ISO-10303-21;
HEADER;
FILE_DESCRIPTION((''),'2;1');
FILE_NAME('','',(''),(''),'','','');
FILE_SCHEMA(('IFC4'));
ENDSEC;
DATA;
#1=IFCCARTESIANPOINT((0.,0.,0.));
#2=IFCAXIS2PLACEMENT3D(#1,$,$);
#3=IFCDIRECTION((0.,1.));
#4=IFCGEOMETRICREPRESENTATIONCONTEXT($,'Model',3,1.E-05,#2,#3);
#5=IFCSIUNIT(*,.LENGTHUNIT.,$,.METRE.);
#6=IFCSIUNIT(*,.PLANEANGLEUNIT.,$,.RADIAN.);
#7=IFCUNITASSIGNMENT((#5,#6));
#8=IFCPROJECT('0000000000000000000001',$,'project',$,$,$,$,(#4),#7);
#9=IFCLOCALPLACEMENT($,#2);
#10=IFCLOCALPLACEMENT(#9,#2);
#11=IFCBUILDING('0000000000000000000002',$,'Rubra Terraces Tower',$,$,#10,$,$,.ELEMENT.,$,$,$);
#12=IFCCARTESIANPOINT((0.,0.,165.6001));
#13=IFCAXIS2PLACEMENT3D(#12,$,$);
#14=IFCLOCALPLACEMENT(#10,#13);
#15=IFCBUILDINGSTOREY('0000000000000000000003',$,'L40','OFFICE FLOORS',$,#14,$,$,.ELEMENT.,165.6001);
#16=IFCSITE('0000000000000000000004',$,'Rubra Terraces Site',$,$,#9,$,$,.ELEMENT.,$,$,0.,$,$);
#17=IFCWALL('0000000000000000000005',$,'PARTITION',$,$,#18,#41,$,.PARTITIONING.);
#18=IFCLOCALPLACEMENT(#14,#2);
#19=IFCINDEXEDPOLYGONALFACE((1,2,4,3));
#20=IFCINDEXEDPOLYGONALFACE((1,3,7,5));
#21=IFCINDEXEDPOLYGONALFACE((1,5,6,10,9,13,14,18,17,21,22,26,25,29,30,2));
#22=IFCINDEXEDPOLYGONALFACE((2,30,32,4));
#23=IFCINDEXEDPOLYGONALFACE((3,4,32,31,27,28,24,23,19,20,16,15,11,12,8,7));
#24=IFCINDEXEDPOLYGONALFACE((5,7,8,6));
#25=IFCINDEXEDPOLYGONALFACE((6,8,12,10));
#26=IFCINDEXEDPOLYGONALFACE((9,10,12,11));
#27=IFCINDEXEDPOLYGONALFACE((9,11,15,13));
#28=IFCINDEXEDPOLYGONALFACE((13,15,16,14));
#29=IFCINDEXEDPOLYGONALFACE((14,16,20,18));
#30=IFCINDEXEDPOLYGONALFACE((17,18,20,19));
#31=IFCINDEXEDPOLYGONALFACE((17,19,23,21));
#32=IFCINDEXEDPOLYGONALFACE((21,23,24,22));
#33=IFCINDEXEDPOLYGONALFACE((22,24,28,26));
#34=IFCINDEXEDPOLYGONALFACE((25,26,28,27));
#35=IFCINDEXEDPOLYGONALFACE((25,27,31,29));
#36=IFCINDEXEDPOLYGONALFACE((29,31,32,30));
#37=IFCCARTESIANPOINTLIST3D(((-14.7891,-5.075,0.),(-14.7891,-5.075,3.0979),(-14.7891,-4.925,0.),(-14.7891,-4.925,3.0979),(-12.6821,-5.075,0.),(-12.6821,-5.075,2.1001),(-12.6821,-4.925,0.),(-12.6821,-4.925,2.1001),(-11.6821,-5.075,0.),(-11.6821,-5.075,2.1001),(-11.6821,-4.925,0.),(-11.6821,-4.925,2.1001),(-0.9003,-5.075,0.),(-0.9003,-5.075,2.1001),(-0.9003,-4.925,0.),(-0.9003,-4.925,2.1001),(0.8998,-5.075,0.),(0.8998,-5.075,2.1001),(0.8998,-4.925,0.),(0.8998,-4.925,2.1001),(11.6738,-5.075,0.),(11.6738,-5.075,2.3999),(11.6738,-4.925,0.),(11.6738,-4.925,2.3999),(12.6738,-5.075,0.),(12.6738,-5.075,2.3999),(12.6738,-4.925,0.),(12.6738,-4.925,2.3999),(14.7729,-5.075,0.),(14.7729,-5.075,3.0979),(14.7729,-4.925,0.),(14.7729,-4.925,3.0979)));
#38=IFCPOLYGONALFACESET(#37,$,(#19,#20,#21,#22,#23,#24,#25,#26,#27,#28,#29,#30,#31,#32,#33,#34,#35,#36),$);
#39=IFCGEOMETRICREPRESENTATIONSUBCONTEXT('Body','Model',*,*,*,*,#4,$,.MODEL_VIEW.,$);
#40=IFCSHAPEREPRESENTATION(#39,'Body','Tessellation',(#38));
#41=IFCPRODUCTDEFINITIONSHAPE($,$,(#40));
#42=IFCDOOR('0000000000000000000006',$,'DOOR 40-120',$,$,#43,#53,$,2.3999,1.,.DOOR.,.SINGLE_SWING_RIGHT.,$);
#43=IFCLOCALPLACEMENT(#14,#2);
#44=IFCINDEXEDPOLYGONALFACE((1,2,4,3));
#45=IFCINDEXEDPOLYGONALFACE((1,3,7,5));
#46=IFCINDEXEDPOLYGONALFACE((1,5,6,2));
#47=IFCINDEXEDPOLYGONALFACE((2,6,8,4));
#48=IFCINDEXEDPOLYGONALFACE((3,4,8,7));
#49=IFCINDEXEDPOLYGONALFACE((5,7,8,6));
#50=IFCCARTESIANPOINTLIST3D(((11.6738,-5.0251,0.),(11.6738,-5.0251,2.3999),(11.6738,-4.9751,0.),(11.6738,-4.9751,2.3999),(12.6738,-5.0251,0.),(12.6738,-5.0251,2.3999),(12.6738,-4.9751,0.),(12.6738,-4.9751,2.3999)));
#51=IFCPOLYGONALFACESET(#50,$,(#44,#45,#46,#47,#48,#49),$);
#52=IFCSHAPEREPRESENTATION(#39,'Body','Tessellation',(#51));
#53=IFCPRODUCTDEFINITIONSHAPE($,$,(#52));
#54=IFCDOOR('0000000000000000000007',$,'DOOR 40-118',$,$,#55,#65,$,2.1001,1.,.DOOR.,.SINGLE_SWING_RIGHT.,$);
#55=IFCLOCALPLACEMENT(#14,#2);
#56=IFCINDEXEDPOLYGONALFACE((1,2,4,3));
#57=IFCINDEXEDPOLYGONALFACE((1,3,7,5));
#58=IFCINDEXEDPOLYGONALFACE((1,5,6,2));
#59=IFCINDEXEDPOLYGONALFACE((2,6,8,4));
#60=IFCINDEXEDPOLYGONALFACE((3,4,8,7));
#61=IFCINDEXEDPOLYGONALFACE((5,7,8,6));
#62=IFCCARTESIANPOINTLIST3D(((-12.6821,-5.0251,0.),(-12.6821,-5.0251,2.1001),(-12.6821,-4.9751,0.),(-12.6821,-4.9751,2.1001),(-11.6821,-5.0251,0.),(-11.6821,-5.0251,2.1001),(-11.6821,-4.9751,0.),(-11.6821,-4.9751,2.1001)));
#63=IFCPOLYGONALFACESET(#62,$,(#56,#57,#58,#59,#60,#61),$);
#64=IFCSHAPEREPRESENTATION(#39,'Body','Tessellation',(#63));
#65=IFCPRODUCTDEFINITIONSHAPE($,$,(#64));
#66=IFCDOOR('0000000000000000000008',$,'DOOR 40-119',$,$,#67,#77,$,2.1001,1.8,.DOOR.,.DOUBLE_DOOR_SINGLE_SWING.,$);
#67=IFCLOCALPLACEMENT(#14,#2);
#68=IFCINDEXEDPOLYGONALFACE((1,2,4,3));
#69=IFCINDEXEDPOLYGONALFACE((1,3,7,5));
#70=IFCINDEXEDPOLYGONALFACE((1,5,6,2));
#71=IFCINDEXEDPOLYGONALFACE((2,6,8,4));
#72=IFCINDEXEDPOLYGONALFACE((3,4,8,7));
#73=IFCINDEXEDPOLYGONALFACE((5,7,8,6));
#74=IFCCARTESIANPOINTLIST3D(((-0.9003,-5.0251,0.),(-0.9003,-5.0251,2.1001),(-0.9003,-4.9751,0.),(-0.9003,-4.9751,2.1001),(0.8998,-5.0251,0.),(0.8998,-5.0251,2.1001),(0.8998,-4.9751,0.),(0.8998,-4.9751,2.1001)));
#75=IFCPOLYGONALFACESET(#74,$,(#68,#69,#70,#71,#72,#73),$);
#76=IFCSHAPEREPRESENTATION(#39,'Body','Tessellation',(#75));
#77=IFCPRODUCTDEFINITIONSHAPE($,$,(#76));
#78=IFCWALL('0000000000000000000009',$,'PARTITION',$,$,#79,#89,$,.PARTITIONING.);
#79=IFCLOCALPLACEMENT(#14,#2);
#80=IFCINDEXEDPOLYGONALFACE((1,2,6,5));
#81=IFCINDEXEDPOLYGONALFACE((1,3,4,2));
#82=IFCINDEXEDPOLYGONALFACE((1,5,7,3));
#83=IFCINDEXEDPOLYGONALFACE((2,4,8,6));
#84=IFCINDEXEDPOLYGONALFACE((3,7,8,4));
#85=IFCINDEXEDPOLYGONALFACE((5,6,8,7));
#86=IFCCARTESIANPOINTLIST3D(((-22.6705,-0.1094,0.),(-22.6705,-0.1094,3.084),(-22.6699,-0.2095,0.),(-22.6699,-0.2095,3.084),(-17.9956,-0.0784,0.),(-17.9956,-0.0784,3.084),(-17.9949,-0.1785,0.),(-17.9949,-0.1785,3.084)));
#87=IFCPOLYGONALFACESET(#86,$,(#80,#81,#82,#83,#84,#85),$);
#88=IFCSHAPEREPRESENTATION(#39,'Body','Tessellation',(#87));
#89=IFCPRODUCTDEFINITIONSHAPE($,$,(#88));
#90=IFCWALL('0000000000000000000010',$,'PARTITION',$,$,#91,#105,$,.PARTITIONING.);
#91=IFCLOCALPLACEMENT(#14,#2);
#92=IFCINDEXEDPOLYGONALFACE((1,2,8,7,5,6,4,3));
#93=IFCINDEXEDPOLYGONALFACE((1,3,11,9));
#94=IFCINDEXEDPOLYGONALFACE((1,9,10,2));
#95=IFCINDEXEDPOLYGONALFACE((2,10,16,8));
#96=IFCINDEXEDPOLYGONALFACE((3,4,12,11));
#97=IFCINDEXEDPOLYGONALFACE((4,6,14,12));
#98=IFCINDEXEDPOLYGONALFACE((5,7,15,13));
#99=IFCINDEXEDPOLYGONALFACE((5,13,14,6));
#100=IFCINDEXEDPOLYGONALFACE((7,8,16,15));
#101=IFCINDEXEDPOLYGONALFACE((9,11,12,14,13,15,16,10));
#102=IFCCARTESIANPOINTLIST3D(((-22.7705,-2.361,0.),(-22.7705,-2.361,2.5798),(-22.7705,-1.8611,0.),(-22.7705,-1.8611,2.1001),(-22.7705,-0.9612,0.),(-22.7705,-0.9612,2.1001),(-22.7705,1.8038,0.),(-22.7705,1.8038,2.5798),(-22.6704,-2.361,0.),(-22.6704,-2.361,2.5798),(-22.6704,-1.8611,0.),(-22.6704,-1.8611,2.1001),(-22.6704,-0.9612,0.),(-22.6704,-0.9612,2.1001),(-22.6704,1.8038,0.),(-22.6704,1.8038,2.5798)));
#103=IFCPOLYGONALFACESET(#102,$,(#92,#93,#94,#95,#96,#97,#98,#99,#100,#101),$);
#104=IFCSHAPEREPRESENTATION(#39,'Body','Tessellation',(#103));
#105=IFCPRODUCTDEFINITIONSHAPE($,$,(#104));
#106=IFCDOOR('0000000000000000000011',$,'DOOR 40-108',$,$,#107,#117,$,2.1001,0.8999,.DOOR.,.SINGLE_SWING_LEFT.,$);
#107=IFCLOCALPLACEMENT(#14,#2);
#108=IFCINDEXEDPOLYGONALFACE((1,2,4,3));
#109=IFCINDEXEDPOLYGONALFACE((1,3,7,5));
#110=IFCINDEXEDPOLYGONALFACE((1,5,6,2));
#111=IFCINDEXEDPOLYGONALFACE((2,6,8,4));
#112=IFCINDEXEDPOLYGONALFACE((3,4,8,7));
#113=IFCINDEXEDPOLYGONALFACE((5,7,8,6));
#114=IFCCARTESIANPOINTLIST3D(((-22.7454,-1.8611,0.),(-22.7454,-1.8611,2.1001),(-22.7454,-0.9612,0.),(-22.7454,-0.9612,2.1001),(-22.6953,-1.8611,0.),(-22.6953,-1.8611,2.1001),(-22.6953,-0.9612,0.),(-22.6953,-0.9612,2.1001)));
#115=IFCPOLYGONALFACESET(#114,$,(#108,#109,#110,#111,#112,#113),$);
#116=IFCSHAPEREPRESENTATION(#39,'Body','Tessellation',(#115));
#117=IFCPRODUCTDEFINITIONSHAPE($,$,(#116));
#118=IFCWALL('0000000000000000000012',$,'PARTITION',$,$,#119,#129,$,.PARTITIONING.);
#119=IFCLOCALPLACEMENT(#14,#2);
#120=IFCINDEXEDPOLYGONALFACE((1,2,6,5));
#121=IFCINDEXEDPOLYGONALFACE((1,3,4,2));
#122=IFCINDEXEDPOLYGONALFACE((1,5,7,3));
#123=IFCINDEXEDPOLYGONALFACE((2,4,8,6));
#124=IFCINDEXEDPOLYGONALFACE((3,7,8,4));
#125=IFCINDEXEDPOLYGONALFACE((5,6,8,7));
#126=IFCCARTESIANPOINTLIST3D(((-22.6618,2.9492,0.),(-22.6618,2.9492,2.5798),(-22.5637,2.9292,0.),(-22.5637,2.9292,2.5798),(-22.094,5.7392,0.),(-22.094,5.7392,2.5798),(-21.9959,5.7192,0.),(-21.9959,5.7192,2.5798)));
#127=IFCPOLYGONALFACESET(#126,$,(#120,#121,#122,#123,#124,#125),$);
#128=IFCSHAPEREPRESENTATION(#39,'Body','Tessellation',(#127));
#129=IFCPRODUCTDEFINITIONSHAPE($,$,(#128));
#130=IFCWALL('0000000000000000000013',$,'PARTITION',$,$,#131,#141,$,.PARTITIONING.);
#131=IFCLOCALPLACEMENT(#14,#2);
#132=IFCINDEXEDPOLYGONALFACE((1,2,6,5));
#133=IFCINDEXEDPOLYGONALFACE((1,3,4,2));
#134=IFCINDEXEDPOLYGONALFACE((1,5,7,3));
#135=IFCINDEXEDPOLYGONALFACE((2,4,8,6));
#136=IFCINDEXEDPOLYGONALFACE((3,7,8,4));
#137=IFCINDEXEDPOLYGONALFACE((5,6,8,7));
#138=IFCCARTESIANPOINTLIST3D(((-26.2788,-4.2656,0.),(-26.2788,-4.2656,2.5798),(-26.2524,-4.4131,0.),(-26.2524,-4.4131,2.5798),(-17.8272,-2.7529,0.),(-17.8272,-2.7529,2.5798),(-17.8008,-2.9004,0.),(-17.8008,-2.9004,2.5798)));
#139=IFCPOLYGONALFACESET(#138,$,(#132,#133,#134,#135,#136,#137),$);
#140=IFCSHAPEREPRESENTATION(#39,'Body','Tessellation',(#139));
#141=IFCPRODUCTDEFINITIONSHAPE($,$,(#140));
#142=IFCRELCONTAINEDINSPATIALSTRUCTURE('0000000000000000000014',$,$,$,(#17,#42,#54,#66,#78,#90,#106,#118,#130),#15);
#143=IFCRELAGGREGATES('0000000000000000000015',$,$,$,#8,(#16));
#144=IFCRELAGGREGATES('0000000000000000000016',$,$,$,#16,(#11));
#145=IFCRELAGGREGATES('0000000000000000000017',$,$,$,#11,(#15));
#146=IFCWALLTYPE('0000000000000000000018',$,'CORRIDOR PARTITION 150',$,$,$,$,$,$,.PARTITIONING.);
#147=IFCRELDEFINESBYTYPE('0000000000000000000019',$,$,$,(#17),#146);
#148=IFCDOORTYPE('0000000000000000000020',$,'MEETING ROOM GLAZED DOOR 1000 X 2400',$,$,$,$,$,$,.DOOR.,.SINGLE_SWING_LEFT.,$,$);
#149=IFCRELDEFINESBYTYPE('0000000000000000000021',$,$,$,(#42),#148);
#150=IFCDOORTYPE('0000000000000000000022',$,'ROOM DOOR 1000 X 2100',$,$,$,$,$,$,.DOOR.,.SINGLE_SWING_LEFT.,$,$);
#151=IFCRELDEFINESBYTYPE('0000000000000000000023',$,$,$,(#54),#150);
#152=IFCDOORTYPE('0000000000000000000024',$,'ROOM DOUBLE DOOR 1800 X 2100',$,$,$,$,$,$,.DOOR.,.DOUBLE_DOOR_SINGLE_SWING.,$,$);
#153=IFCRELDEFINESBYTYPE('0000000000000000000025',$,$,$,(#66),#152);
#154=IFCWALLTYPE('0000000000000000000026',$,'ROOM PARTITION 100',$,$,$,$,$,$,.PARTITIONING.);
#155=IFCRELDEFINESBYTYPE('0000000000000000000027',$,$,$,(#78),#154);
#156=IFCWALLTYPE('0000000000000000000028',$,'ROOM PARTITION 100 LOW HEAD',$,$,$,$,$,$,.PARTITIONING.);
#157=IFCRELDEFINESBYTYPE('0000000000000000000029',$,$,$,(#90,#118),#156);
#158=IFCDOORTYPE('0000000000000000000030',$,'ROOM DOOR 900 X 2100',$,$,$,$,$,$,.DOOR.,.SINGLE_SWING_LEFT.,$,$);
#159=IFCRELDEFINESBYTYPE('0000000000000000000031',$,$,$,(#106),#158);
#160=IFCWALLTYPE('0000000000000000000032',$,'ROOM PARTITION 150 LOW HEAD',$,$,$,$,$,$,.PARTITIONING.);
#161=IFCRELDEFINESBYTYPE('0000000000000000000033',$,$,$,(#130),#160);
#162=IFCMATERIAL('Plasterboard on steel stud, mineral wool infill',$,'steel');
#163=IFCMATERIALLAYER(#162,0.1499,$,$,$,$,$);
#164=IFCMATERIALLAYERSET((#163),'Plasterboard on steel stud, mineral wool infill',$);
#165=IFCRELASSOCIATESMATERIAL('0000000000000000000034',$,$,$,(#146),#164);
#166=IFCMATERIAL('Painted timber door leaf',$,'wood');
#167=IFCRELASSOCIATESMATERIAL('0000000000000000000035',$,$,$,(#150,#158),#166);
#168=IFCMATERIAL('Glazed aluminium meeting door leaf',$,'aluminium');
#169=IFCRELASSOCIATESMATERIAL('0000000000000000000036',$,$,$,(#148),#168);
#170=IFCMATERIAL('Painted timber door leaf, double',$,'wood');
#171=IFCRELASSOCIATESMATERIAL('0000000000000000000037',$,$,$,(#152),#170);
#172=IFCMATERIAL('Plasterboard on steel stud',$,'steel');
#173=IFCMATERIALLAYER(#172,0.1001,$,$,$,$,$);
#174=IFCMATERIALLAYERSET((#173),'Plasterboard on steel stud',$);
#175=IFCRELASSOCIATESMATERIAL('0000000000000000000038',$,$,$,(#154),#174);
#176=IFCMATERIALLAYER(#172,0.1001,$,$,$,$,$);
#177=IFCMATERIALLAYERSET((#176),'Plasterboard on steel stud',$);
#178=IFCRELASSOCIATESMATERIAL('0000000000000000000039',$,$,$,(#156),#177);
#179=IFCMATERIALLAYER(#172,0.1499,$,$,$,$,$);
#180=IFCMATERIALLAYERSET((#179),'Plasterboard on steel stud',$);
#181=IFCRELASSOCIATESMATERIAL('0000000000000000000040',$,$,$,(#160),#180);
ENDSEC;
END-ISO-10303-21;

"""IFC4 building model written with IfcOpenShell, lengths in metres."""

from ifc_helpers import new_model, si_unit, direction, frame, frame_2d, origin, place, context, subcontext, project, spatial, rectangle, extrude, material, layer, layer_set, type_object, element, fill, save


model = new_model("IFC4")

# Units and contexts
model_context = context("Model", 3, precision=1e-05, world=origin(), true_north=direction((0.0, 1.0)))
body_context = subcontext(model_context, "Body", "Model", "MODEL_VIEW")
ifc_project = project(units=[si_unit("LENGTHUNIT", "METRE"), si_unit("PLANEANGLEUNIT", "RADIAN")], contexts=[model_context])

# Site, building, storey
site_placement = place(None, origin())
site = spatial("IfcSite", under=ifc_project, at=site_placement, Name="Rubra Terraces Site", CompositionType="ELEMENT", RefElevation=0.0)
building_placement = place(site_placement, origin())
building = spatial("IfcBuilding", under=site, at=building_placement, Name="Rubra Terraces Tower", CompositionType="ELEMENT")
storey_placement = place(building_placement, frame((0.0, 0.0, 165.6001)))
storey = spatial("IfcBuildingStorey", under=building, at=storey_placement, Name="L40", Description="OFFICE FLOORS", CompositionType="ELEMENT", Elevation=165.6001)

# Shared definitions
ifc_material_1 = material(Name="Plasterboard on steel stud, mineral wool infill", Category="steel")
ifc_layer_1 = layer(ifc_material_1, 0.1499)
ifc_layer_set_1 = layer_set([ifc_layer_1], Name="Plasterboard on steel stud, mineral wool infill")
wall_type_1 = type_object("IfcWallType", Name="CORRIDOR PARTITION 150", PredefinedType="PARTITIONING", material=ifc_layer_set_1)
ifc_material_2 = material(Name="Painted timber door leaf", Category="wood")
door_type_1 = type_object("IfcDoorType", Name="ROOM DOOR 1000 X 2100", OperationType="SINGLE_SWING_LEFT", PredefinedType="DOOR", material=ifc_material_2)

# Wall, openings, doors
wall_1_placement = place(storey_placement, frame((-14.7891, -5.0, 0.0), z_axis=(0.0, 0.0, 1.0), x_axis=(1.0, 0.0, 0.0)))
wall_1 = element("IfcWall", 1, at=wall_1_placement, inside=storey, type_object=wall_type_1, Name="PARTITION", PredefinedType="PARTITIONING", context=body_context, shape_type="SweptSolid", body=[
    extrude(rectangle(XDim=29.562, YDim=0.1499, at=frame_2d((14.781, 0.0))), origin(), (0.0, 0.0, 1.0), 3.0979),
])
opening_1_placement = place(wall_1_placement, frame((2.1069, 0.0, 0.0)))
opening_1 = element("IfcOpeningElement", 2, at=opening_1_placement, cuts=wall_1, PredefinedType="OPENING", context=body_context, shape_type="SweptSolid", body=[
    extrude(rectangle(XDim=1.0, YDim=2.1001, at=frame_2d((0.5, 1.05))), frame((0.0, 0.085, 0.0), z_axis=(0.0, -1.0, 0.0), x_axis=(1.0, 0.0, 0.0)), (0.0, 0.0, 1.0), 0.1699),
])
opening_2_placement = place(wall_1_placement, frame((13.8889, 0.0, 0.0)))
opening_2 = element("IfcOpeningElement", 3, at=opening_2_placement, cuts=wall_1, PredefinedType="OPENING", context=body_context, shape_type="SweptSolid", body=[
    extrude(rectangle(XDim=1.8, YDim=2.1001, at=frame_2d((0.8999, 1.05))), frame((0.0, 0.085, 0.0), z_axis=(0.0, -1.0, 0.0), x_axis=(1.0, 0.0, 0.0)), (0.0, 0.0, 1.0), 0.1699),
])
opening_3_placement = place(wall_1_placement, frame((26.4629, 0.0, 0.0)))
opening_3 = element("IfcOpeningElement", 4, at=opening_3_placement, cuts=wall_1, PredefinedType="OPENING", context=body_context, shape_type="SweptSolid", body=[
    extrude(rectangle(XDim=1.0, YDim=2.3999, at=frame_2d((0.5, 1.2))), frame((0.0, 0.085, 0.0), z_axis=(0.0, -1.0, 0.0), x_axis=(1.0, 0.0, 0.0)), (0.0, 0.0, 1.0), 0.1699),
])
ifc_material_3 = material(Name="Glazed aluminium meeting door leaf", Category="aluminium")
door_type_2 = type_object("IfcDoorType", Name="MEETING ROOM GLAZED DOOR 1000 X 2400", OperationType="SINGLE_SWING_LEFT", PredefinedType="DOOR", material=ifc_material_3)
door_1_placement = place(opening_3_placement, origin())
door_1 = element("IfcDoor", 5, at=door_1_placement, inside=storey, type_object=door_type_2, Name="DOOR 40-120", OperationType="SINGLE_SWING_RIGHT", OverallHeight=2.3999, OverallWidth=1.0, PredefinedType="DOOR", context=body_context, shape_type="SweptSolid", body=[
    extrude(rectangle(XDim=1.0, YDim=2.3999, at=frame_2d((0.5, 1.2))), frame((0.0, 0.0249, 0.0), z_axis=(0.0, -1.0, 0.0), x_axis=(1.0, 0.0, 0.0)), (0.0, 0.0, 1.0), 0.05),
])
fill(opening_3, door_1)
door_2_placement = place(opening_1_placement, origin())
door_2 = element("IfcDoor", 6, at=door_2_placement, inside=storey, type_object=door_type_1, Name="DOOR 40-118", OperationType="SINGLE_SWING_RIGHT", OverallHeight=2.1001, OverallWidth=1.0, PredefinedType="DOOR", context=body_context, shape_type="SweptSolid", body=[
    extrude(rectangle(XDim=1.0, YDim=2.1001, at=frame_2d((0.5, 1.05))), frame((0.0, 0.0249, 0.0), z_axis=(0.0, -1.0, 0.0), x_axis=(1.0, 0.0, 0.0)), (0.0, 0.0, 1.0), 0.05),
])
fill(opening_1, door_2)
ifc_material_4 = material(Name="Painted timber door leaf, double", Category="wood")
door_type_3 = type_object("IfcDoorType", Name="ROOM DOUBLE DOOR 1800 X 2100", OperationType="DOUBLE_DOOR_SINGLE_SWING", PredefinedType="DOOR", material=ifc_material_4)
door_3_placement = place(opening_2_placement, origin())
door_3 = element("IfcDoor", 7, at=door_3_placement, inside=storey, type_object=door_type_3, Name="DOOR 40-119", OperationType="DOUBLE_DOOR_SINGLE_SWING", OverallHeight=2.1001, OverallWidth=1.8, PredefinedType="DOOR", context=body_context, shape_type="SweptSolid", body=[
    extrude(rectangle(XDim=1.8, YDim=2.1001, at=frame_2d((0.8999, 1.05))), frame((0.0, 0.0249, 0.0), z_axis=(0.0, -1.0, 0.0), x_axis=(1.0, 0.0, 0.0)), (0.0, 0.0, 1.0), 0.05),
])
fill(opening_2, door_3)

# Wall
ifc_material_5 = material(Name="Plasterboard on steel stud", Category="steel")
ifc_layer_2 = layer(ifc_material_5, 0.1001)
ifc_layer_set_2 = layer_set([ifc_layer_2], Name="Plasterboard on steel stud")
wall_type_2 = type_object("IfcWallType", Name="ROOM PARTITION 100", PredefinedType="PARTITIONING", material=ifc_layer_set_2)
wall_2_placement = place(storey_placement, frame((-17.9954, -0.1284, 0.0), z_axis=(0.0, 0.0, 1.0), x_axis=(-0.999978, -0.006632, 0.0)))
element("IfcWall", 8, at=wall_2_placement, inside=storey, type_object=wall_type_2, Name="PARTITION", PredefinedType="PARTITIONING", context=body_context, shape_type="SweptSolid", body=[
    extrude(rectangle(XDim=4.675, YDim=0.1001, at=frame_2d((2.3374, 0.0))), origin(), (0.0, 0.0, 1.0), 3.084),
])

# Wall, opening, door
ifc_layer_3 = layer(ifc_material_5, 0.1001)
ifc_layer_set_3 = layer_set([ifc_layer_3], Name="Plasterboard on steel stud")
wall_type_3 = type_object("IfcWallType", Name="ROOM PARTITION 100 LOW HEAD", PredefinedType="PARTITIONING", material=ifc_layer_set_3)
wall_3_placement = place(storey_placement, frame((-22.7205, -2.3611, 0.0), z_axis=(0.0, 0.0, 1.0), x_axis=(0.0, 1.0, 0.0)))
wall_3 = element("IfcWall", 9, at=wall_3_placement, inside=storey, type_object=wall_type_3, Name="PARTITION", PredefinedType="PARTITIONING", context=body_context, shape_type="SweptSolid", body=[
    extrude(rectangle(XDim=4.1648, YDim=0.1001, at=frame_2d((2.0825, 0.0))), origin(), (0.0, 0.0, 1.0), 2.5798),
])
opening_4_placement = place(wall_3_placement, frame((0.5, 0.0, 0.0)))
opening_4 = element("IfcOpeningElement", 10, at=opening_4_placement, cuts=wall_3, PredefinedType="OPENING", context=body_context, shape_type="SweptSolid", body=[
    extrude(rectangle(XDim=0.8999, YDim=2.1001, at=frame_2d((0.45, 1.05))), frame((0.0, 0.0601, 0.0), z_axis=(0.0, -1.0, 0.0), x_axis=(1.0, 0.0, 0.0)), (0.0, 0.0, 1.0), 0.1201),
])
door_type_4 = type_object("IfcDoorType", Name="ROOM DOOR 900 X 2100", OperationType="SINGLE_SWING_LEFT", PredefinedType="DOOR", material=ifc_material_2)
door_4_placement = place(opening_4_placement, origin())
door_4 = element("IfcDoor", 11, at=door_4_placement, inside=storey, type_object=door_type_4, Name="DOOR 40-108", OperationType="SINGLE_SWING_LEFT", OverallHeight=2.1001, OverallWidth=0.8999, PredefinedType="DOOR", context=body_context, shape_type="SweptSolid", body=[
    extrude(rectangle(XDim=0.8999, YDim=2.1001, at=frame_2d((0.45, 1.05))), frame((0.0, 0.0249, 0.0), z_axis=(0.0, -1.0, 0.0), x_axis=(1.0, 0.0, 0.0)), (0.0, 0.0, 1.0), 0.05),
])
fill(opening_4, door_4)

# Walls
wall_4_placement = place(storey_placement, frame((-22.6128, 2.9392, 0.0), z_axis=(0.0, 0.0, 1.0), x_axis=(0.199446, 0.979909, 0.0)))
element("IfcWall", 12, at=wall_4_placement, inside=storey, type_object=wall_type_3, Name="PARTITION", PredefinedType="PARTITIONING", context=body_context, shape_type="SweptSolid", body=[
    extrude(rectangle(XDim=2.8472, YDim=0.1001, at=frame_2d((1.4236, 0.0))), origin(), (0.0, 0.0, 1.0), 2.5798),
])
ifc_layer_4 = layer(ifc_material_5, 0.1499)
ifc_layer_set_4 = layer_set([ifc_layer_4], Name="Plasterboard on steel stud")
wall_type_4 = type_object("IfcWallType", Name="ROOM PARTITION 150 LOW HEAD", PredefinedType="PARTITIONING", material=ifc_layer_set_4)
wall_5_placement = place(storey_placement, frame((-26.2656, -4.3394, 0.0), z_axis=(0.0, 0.0, 1.0), x_axis=(0.984358, 0.176182, 0.0)))
element("IfcWall", 13, at=wall_5_placement, inside=storey, type_object=wall_type_4, Name="PARTITION", PredefinedType="PARTITIONING", context=body_context, shape_type="SweptSolid", body=[
    extrude(rectangle(XDim=8.5859, YDim=0.1499, at=frame_2d((4.293, 0.0))), origin(), (0.0, 0.0, 1.0), 2.5798),
])

save(model, "model.ifc")
